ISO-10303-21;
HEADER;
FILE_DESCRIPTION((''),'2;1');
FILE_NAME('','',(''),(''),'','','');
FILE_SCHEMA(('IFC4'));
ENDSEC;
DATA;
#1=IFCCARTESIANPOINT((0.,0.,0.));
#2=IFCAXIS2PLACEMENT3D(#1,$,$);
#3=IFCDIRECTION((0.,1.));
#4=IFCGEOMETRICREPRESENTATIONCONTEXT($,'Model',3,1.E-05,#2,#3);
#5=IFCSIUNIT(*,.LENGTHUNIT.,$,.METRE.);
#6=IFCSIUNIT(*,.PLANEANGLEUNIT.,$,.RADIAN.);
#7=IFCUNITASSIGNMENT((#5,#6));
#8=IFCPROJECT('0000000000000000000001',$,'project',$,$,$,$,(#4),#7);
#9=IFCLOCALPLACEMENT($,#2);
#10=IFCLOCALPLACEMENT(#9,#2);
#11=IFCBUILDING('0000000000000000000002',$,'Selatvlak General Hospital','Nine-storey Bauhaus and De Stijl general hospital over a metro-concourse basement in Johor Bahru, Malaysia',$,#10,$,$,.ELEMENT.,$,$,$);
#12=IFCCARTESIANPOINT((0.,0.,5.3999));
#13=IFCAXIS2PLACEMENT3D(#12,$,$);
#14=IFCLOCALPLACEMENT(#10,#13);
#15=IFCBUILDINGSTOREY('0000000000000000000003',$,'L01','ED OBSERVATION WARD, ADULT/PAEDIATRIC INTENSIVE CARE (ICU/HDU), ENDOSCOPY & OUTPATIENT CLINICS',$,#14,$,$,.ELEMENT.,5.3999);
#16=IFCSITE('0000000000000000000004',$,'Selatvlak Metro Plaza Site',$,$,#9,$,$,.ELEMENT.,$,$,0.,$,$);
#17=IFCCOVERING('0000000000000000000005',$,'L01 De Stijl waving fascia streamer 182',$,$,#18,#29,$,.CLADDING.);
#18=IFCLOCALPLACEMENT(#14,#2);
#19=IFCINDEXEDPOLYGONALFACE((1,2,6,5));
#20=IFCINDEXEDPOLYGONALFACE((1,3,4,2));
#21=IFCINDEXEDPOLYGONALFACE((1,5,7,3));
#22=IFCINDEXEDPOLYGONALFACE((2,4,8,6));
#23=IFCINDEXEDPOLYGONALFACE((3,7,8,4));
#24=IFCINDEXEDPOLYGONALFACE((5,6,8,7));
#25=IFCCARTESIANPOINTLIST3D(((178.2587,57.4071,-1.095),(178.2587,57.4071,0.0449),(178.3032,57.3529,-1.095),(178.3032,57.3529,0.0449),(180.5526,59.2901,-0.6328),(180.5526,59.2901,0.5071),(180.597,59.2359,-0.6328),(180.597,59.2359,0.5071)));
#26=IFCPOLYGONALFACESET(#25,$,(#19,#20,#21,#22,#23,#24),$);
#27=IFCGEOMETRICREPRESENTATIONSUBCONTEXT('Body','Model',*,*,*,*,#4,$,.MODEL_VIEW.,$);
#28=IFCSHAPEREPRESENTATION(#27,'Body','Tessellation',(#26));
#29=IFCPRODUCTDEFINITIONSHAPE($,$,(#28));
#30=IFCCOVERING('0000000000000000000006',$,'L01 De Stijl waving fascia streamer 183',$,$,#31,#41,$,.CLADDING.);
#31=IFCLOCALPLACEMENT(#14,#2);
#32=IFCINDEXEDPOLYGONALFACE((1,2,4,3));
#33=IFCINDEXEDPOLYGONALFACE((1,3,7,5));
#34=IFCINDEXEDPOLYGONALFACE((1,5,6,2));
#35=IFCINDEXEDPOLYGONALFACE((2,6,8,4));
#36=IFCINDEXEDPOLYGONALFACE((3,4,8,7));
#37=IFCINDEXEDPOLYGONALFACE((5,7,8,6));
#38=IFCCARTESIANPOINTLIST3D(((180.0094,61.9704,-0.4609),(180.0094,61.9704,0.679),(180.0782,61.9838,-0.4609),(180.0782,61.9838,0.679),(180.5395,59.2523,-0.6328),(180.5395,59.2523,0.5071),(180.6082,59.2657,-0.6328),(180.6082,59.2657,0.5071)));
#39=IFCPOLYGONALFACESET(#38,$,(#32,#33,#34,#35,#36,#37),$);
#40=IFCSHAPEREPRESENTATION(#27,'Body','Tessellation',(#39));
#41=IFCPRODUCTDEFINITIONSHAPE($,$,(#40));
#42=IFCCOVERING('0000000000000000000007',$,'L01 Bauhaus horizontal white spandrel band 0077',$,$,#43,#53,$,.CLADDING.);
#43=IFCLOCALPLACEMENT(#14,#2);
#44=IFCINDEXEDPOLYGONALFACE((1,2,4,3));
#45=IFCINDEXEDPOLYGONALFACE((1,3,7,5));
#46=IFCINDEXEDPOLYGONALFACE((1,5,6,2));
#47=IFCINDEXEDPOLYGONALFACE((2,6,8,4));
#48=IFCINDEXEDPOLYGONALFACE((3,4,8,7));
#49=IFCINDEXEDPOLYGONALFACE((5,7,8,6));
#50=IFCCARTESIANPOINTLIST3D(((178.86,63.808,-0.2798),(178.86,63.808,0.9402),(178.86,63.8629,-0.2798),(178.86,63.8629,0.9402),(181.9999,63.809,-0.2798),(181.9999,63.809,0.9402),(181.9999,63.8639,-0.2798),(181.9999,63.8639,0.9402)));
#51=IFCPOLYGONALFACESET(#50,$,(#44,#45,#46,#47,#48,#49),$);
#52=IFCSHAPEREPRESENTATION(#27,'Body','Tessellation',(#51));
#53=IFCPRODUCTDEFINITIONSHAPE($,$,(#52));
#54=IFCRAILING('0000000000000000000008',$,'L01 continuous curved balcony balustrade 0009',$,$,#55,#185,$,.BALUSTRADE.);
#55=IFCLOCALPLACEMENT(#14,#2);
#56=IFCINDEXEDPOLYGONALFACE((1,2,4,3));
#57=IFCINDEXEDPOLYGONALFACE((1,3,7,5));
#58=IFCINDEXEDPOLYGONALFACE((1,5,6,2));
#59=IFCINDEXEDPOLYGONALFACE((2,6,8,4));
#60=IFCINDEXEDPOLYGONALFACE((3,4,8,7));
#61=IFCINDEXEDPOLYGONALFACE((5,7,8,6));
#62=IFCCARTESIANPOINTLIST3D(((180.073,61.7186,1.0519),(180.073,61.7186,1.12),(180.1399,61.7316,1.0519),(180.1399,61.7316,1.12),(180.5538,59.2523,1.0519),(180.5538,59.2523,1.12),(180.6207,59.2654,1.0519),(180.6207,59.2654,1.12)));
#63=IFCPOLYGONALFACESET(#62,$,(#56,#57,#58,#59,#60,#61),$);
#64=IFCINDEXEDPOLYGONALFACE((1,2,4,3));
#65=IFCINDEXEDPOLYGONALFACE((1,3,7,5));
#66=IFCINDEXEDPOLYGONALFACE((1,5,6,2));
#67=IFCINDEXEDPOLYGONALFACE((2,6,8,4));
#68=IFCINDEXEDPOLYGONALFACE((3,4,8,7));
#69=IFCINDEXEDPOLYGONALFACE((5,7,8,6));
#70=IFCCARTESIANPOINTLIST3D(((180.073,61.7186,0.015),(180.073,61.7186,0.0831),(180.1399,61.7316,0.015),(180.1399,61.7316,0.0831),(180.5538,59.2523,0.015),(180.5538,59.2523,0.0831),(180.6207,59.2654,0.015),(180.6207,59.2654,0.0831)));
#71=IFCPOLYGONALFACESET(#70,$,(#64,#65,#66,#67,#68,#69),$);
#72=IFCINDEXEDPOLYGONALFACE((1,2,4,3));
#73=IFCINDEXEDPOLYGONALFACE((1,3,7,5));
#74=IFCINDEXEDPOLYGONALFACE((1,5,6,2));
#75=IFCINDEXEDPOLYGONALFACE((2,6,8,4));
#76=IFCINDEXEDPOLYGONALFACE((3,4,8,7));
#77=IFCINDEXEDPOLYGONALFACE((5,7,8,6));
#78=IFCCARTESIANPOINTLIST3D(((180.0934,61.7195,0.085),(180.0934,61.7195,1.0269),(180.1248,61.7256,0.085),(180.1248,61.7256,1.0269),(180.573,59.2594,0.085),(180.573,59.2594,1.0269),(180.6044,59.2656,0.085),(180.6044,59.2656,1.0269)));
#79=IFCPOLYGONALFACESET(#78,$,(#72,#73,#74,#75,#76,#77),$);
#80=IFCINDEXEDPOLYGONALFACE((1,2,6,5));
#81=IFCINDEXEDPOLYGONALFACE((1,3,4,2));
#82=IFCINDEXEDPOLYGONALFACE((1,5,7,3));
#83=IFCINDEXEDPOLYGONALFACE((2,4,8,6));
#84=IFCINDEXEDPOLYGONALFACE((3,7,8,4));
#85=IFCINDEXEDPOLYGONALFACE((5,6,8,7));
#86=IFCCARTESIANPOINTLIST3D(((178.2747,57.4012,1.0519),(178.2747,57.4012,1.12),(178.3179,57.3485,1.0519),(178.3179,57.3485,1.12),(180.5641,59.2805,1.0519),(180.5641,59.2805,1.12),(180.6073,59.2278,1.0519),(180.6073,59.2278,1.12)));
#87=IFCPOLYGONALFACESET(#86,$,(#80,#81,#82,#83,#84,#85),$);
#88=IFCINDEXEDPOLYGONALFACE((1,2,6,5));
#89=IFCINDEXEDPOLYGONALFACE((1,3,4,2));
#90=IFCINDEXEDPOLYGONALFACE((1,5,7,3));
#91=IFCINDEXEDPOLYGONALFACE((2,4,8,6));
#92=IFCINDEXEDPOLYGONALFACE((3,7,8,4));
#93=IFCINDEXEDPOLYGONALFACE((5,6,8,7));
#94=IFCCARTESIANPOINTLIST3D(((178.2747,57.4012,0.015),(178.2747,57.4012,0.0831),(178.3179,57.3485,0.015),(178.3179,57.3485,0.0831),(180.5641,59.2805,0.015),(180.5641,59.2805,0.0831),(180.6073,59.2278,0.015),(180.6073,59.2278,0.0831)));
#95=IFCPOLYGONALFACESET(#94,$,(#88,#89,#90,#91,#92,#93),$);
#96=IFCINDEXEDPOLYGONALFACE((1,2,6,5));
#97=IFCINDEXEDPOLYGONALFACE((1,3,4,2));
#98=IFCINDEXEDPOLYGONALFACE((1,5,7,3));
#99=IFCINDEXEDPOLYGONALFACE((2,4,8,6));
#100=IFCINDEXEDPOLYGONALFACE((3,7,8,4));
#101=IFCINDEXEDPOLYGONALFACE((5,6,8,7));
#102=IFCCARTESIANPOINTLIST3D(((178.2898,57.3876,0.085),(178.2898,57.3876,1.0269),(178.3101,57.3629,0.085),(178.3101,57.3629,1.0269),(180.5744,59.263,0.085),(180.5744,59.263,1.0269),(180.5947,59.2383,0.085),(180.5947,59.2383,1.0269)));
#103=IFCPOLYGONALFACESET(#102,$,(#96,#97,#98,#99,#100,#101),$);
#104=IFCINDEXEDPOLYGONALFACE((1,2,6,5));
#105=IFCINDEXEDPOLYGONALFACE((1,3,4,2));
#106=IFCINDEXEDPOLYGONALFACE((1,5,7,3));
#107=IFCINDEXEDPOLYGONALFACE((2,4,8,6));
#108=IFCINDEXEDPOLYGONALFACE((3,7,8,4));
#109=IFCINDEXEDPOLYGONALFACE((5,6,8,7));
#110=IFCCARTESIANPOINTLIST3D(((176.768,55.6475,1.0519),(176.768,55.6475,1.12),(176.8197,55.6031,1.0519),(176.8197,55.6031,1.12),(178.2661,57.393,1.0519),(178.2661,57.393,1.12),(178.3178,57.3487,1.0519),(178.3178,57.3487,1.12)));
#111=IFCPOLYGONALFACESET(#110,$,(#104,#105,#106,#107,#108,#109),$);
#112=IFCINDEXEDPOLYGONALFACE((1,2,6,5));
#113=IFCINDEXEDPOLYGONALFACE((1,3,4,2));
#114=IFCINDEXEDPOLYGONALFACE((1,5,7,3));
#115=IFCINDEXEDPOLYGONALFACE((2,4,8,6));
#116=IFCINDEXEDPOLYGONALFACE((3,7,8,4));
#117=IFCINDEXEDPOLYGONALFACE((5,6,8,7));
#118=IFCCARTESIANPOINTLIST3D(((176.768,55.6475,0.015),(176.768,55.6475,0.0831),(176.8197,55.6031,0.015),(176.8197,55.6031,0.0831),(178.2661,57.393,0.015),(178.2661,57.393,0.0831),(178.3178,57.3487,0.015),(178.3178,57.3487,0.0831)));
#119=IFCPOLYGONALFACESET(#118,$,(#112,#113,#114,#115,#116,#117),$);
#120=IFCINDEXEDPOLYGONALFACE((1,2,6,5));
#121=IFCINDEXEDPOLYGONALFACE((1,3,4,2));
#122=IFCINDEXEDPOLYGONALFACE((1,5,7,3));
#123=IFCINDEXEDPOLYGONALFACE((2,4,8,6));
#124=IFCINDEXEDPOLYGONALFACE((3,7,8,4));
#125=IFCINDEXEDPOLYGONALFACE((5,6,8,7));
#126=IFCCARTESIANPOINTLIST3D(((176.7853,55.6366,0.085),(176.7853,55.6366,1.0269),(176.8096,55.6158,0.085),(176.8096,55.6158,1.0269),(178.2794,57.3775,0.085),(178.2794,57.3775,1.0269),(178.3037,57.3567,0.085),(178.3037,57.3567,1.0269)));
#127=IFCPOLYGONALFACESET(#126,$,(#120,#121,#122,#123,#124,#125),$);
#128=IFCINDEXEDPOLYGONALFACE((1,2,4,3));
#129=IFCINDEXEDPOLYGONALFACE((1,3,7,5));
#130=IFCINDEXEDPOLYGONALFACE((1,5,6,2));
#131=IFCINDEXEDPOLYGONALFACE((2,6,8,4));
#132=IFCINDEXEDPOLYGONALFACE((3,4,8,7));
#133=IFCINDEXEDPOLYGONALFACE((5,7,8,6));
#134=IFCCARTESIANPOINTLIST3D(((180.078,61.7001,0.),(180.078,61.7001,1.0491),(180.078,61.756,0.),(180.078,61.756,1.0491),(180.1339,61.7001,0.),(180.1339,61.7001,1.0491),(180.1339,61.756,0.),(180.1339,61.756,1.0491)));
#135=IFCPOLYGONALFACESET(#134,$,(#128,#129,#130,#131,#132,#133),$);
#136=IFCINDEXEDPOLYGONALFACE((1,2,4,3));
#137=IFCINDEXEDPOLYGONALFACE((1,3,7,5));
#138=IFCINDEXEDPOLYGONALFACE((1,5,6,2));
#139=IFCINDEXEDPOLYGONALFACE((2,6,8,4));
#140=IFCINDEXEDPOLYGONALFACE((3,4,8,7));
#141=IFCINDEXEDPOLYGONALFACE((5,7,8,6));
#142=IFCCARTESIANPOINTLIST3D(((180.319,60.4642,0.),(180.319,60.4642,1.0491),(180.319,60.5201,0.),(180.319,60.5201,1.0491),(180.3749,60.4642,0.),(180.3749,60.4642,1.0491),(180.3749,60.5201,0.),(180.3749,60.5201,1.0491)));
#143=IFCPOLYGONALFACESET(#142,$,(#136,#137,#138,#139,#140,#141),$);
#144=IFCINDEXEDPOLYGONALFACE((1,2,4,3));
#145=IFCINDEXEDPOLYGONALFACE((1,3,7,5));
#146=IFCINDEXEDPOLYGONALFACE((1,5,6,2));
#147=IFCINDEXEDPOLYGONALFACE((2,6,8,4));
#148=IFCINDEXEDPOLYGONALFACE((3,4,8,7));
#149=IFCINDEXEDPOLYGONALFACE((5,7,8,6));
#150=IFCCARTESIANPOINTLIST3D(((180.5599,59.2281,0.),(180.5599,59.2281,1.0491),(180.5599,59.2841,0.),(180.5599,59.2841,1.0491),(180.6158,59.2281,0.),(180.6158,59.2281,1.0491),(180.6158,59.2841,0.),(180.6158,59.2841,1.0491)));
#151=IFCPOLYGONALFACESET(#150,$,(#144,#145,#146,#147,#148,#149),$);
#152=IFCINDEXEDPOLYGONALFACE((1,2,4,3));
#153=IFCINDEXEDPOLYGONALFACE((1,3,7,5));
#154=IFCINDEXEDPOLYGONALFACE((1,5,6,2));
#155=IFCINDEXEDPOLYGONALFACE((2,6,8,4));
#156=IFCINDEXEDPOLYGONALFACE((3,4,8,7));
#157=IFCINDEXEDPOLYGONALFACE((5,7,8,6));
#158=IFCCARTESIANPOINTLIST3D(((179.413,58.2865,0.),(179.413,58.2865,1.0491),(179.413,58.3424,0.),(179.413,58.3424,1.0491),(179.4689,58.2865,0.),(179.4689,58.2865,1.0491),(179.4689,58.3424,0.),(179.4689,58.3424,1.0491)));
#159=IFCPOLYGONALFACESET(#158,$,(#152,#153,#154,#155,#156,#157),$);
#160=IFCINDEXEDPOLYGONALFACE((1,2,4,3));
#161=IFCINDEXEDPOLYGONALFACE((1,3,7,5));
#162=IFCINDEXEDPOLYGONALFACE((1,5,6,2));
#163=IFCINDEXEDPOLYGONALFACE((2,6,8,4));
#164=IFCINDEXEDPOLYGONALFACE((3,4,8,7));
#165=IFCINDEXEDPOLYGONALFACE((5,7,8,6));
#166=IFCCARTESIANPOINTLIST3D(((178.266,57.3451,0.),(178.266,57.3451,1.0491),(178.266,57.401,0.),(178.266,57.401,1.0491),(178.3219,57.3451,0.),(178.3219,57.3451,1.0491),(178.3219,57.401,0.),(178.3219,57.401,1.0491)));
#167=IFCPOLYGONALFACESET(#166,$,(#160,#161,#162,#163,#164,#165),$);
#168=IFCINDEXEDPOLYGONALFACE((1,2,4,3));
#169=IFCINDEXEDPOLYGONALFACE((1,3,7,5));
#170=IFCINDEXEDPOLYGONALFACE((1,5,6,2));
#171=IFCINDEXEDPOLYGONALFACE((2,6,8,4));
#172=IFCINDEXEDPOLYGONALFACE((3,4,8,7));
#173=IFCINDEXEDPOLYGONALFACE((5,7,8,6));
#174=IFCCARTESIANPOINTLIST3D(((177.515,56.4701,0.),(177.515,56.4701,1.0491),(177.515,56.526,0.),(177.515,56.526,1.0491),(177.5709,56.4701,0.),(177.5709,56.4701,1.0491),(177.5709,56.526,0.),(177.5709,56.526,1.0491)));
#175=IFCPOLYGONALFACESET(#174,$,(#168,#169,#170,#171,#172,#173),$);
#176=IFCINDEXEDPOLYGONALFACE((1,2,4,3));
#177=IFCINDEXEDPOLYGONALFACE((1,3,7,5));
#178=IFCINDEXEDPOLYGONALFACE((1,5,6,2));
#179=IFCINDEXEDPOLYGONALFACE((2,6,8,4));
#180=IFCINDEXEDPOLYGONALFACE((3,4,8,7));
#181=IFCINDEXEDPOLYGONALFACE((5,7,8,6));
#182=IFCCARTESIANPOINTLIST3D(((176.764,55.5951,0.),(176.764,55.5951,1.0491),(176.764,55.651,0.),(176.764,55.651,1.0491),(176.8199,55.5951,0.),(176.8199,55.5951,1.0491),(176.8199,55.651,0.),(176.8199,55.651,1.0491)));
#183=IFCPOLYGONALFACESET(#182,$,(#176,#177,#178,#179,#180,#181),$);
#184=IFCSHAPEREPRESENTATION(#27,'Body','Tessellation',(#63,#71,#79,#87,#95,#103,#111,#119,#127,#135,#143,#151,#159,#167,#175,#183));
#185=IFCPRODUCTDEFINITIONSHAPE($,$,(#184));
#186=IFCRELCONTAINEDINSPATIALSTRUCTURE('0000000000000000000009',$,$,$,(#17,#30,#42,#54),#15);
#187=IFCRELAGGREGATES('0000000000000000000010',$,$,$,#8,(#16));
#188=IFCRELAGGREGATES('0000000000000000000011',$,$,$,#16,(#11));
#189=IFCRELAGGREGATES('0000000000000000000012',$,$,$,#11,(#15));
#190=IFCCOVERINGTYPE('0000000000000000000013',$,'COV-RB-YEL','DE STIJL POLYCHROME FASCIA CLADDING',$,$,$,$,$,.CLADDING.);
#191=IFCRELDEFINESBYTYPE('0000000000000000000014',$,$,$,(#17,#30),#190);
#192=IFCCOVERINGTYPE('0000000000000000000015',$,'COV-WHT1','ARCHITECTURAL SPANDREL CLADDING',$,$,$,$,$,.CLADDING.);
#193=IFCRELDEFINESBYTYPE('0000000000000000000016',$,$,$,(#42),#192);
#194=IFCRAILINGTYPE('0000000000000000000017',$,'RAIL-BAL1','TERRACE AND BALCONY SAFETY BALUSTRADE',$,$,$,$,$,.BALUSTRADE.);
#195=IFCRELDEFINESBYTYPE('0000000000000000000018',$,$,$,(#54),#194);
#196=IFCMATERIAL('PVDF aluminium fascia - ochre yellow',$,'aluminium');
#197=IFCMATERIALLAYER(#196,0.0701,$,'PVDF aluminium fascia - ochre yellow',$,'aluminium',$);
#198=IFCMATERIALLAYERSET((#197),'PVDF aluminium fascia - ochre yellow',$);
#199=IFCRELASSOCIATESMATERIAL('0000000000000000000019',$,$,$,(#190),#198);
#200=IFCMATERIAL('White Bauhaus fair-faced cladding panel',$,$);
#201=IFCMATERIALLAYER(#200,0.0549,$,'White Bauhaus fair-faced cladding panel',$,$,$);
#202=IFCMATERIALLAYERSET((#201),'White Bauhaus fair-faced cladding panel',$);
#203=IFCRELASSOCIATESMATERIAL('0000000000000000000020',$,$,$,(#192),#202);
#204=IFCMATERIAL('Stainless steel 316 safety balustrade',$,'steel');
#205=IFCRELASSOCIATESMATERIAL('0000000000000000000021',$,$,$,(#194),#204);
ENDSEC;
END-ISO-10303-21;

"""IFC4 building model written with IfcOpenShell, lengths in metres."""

from ifc_helpers import new_model, si_unit, direction, frame, origin, origin_2d, place, context, subcontext, project, spatial, polyline, rectangle, outline, extrude, material, layer, layer_set, type_object, element, save


model = new_model("IFC4")

# Units and contexts
model_context = context("Model", 3, precision=1e-05, world=origin(), true_north=direction((0.0, 1.0)))
body_context = subcontext(model_context, "Body", "Model", "MODEL_VIEW")
ifc_project = project(units=[si_unit("LENGTHUNIT", "METRE"), si_unit("PLANEANGLEUNIT", "RADIAN")], contexts=[model_context])

# Site, building, storey
site_placement = place(None, origin())
site = spatial("IfcSite", under=ifc_project, at=site_placement, Name="Selatvlak Metro Plaza Site", CompositionType="ELEMENT", RefElevation=0.0)
building_placement = place(site_placement, origin())
building = spatial("IfcBuilding", under=site, at=building_placement, Name="Selatvlak General Hospital", Description="Nine-storey Bauhaus and De Stijl general hospital over a metro-concourse basement in Johor Bahru, Malaysia", CompositionType="ELEMENT")
storey_placement = place(building_placement, frame((0.0, 0.0, 5.3999)))
storey = spatial("IfcBuildingStorey", under=building, at=storey_placement, Name="L01", Description="ED OBSERVATION WARD, ADULT/PAEDIATRIC INTENSIVE CARE (ICU/HDU), ENDOSCOPY & OUTPATIENT CLINICS", CompositionType="ELEMENT", Elevation=5.3999)

# Coverings
ifc_material_1 = material(Name="PVDF aluminium fascia - ochre yellow", Category="aluminium")
ifc_layer_1 = layer(ifc_material_1, 0.0701, Name="PVDF aluminium fascia - ochre yellow", Category="aluminium")
ifc_layer_set_1 = layer_set([ifc_layer_1], Name="PVDF aluminium fascia - ochre yellow")
covering_type_1 = type_object("IfcCoveringType", Name="COV-RB-YEL", Description="DE STIJL POLYCHROME FASCIA CLADDING", PredefinedType="CLADDING", material=ifc_layer_set_1)
covering_1_placement = place(storey_placement, frame((178.281, 57.3799, -1.095), z_axis=(0.0, 0.0, 1.0), x_axis=(0.772934, 0.634487, 0.0)))
element("IfcCovering", 1, at=covering_1_placement, inside=storey, type_object=covering_type_1, Name="L01 De Stijl waving fascia streamer 182", PredefinedType="CLADDING", context=body_context, shape_type="SweptSolid", body=[
    extrude(outline(polyline([(0.0, 0.0), (2.9678, 0.4622), (2.9678, 1.6021), (0.0, 1.1399), (0.0, 0.0)])), frame((0.0, 0.0352, 0.0), z_axis=(0.0, -1.0, 0.0), x_axis=(1.0, 0.0, 0.0)), (0.0, 0.0, 1.0), 0.0701),
])
covering_2_placement = place(storey_placement, frame((180.574, 59.259, -0.6328), z_axis=(0.0, 0.0, 1.0), x_axis=(-0.191401, 0.981512, 0.0)))
element("IfcCovering", 2, at=covering_2_placement, inside=storey, type_object=covering_type_1, Name="L01 De Stijl waving fascia streamer 183", PredefinedType="CLADDING", context=body_context, shape_type="SweptSolid", body=[
    extrude(outline(polyline([(0.0, 0.0), (2.7693, 0.1719), (2.7693, 1.3118), (0.0, 1.1399), (0.0, 0.0)])), frame((0.0, 0.0352, 0.0), z_axis=(0.0, -1.0, 0.0), x_axis=(1.0, 0.0, 0.0)), (0.0, 0.0, 1.0), 0.0701),
])
ifc_material_2 = material(Name="White Bauhaus fair-faced cladding panel")
ifc_layer_2 = layer(ifc_material_2, 0.0549, Name="White Bauhaus fair-faced cladding panel")
ifc_layer_set_2 = layer_set([ifc_layer_2], Name="White Bauhaus fair-faced cladding panel")
covering_type_2 = type_object("IfcCoveringType", Name="COV-WHT1", Description="ARCHITECTURAL SPANDREL CLADDING", PredefinedType="CLADDING", material=ifc_layer_set_2)
covering_3_placement = place(storey_placement, frame((180.4299, 63.8359, -0.2798), z_axis=(0.0, 0.0, 1.0), x_axis=(-1.0, -0.000314, 0.0)))
element("IfcCovering", 3, at=covering_3_placement, inside=storey, type_object=covering_type_2, Name="L01 Bauhaus horizontal white spandrel band 0077", PredefinedType="CLADDING", context=body_context, shape_type="SweptSolid", body=[
    extrude(rectangle(XDim=3.1399, YDim=0.0549, at=origin_2d()), origin(), (0.0, 0.0, 1.0), 1.22),
])

# Railing
ifc_material_3 = material(Name="Stainless steel 316 safety balustrade", Category="steel")
railing_type = type_object("IfcRailingType", Name="RAIL-BAL1", Description="TERRACE AND BALCONY SAFETY BALUSTRADE", PredefinedType="BALUSTRADE", material=ifc_material_3)
railing_placement = place(storey_placement, frame((180.106, 61.728, 0.0)))
element("IfcRailing", 4, at=railing_placement, inside=storey, type_object=railing_type, Name="L01 continuous curved balcony balustrade 0009", PredefinedType="BALUSTRADE", context=body_context, shape_type="SweptSolid", body=[
    extrude(rectangle(XDim=0.0681, YDim=0.0681, at=origin_2d()), frame((0.0005, -0.0029, 1.0859), z_axis=(0.19136, -0.98152, 0.0), x_axis=(0.98152, 0.19136, 0.0)), (0.0, 0.0, 1.0), 2.5127),
    extrude(rectangle(XDim=0.0681, YDim=0.0681, at=origin_2d()), frame((0.0005, -0.0029, 0.0491), z_axis=(0.19136, -0.98152, 0.0), x_axis=(0.98152, 0.19136, 0.0)), (0.0, 0.0, 1.0), 2.5127),
    extrude(outline(polyline([(0.0, 0.0), (2.5063, 0.0), (2.5063, 0.9419), (0.0, 0.9419), (0.0, 0.0)])), frame((0.0188, -0.0024, 0.085), z_axis=(-0.98152, -0.19136, 0.0), x_axis=(0.19136, -0.98152, 0.0)), (0.0, 0.0, 1.0), 0.032),
    extrude(rectangle(XDim=0.0681, YDim=0.0681, at=origin_2d()), frame((0.4797, -2.4739, 1.0859), z_axis=(-0.772934, -0.634487, 0.0), x_axis=(0.634487, -0.772934, 0.0)), (0.0, 0.0, 1.0), 2.9619),
    extrude(rectangle(XDim=0.0681, YDim=0.0681, at=origin_2d()), frame((0.4797, -2.4739, 0.0491), z_axis=(-0.772934, -0.634487, 0.0), x_axis=(0.634487, -0.772934, 0.0)), (0.0, 0.0, 1.0), 2.9619),
    extrude(outline(polyline([(0.0, 0.0), (2.9558, 0.0), (2.9558, 0.9419), (0.0, 0.9419), (0.0, 0.0)])), frame((0.4888, -2.4897, 0.085), z_axis=(-0.634487, 0.772934, 0.0), x_axis=(-0.772934, -0.634487, 0.0)), (0.0, 0.0, 1.0), 0.032),
    extrude(rectangle(XDim=0.0681, YDim=0.0681, at=origin_2d()), frame((-1.814, -4.3572, 1.0859), z_axis=(-0.651279, -0.758838, 0.0), x_axis=(0.758838, -0.651279, 0.0)), (0.0, 0.0, 1.0), 2.3003),
    extrude(rectangle(XDim=0.0681, YDim=0.0681, at=origin_2d()), frame((-1.814, -4.3572, 0.0491), z_axis=(-0.651279, -0.758838, 0.0), x_axis=(0.758838, -0.651279, 0.0)), (0.0, 0.0, 1.0), 2.3003),
    extrude(outline(polyline([(0.0, 0.0), (2.2942, 0.0), (2.2942, 0.9419), (0.0, 0.9419), (0.0, 0.0)])), frame((-1.8022, -4.3713, 0.085), z_axis=(-0.758838, 0.651279, 0.0), x_axis=(-0.651279, -0.758838, 0.0)), (0.0, 0.0, 1.0), 0.032),
    extrude(rectangle(XDim=0.0559, YDim=0.0559, at=origin_2d()), origin(), (0.0, 0.0, 1.0), 1.0491),
    extrude(rectangle(XDim=0.0559, YDim=0.0559, at=origin_2d()), frame((0.241, -1.2358, 0.0)), (0.0, 0.0, 1.0), 1.0491),
    extrude(rectangle(XDim=0.0559, YDim=0.0559, at=origin_2d()), frame((0.4819, -2.4719, 0.0)), (0.0, 0.0, 1.0), 1.0491),
    extrude(rectangle(XDim=0.0559, YDim=0.0559, at=origin_2d()), frame((-0.665, -3.4136, 0.0)), (0.0, 0.0, 1.0), 1.0491),
    extrude(rectangle(XDim=0.0559, YDim=0.0559, at=origin_2d()), frame((-1.812, -4.355, 0.0)), (0.0, 0.0, 1.0), 1.0491),
    extrude(rectangle(XDim=0.0559, YDim=0.0559, at=origin_2d()), frame((-2.563, -5.23, 0.0)), (0.0, 0.0, 1.0), 1.0491),
    extrude(rectangle(XDim=0.0559, YDim=0.0559, at=origin_2d()), frame((-3.314, -6.105, 0.0)), (0.0, 0.0, 1.0), 1.0491),
])

save(model, "model.ifc")
